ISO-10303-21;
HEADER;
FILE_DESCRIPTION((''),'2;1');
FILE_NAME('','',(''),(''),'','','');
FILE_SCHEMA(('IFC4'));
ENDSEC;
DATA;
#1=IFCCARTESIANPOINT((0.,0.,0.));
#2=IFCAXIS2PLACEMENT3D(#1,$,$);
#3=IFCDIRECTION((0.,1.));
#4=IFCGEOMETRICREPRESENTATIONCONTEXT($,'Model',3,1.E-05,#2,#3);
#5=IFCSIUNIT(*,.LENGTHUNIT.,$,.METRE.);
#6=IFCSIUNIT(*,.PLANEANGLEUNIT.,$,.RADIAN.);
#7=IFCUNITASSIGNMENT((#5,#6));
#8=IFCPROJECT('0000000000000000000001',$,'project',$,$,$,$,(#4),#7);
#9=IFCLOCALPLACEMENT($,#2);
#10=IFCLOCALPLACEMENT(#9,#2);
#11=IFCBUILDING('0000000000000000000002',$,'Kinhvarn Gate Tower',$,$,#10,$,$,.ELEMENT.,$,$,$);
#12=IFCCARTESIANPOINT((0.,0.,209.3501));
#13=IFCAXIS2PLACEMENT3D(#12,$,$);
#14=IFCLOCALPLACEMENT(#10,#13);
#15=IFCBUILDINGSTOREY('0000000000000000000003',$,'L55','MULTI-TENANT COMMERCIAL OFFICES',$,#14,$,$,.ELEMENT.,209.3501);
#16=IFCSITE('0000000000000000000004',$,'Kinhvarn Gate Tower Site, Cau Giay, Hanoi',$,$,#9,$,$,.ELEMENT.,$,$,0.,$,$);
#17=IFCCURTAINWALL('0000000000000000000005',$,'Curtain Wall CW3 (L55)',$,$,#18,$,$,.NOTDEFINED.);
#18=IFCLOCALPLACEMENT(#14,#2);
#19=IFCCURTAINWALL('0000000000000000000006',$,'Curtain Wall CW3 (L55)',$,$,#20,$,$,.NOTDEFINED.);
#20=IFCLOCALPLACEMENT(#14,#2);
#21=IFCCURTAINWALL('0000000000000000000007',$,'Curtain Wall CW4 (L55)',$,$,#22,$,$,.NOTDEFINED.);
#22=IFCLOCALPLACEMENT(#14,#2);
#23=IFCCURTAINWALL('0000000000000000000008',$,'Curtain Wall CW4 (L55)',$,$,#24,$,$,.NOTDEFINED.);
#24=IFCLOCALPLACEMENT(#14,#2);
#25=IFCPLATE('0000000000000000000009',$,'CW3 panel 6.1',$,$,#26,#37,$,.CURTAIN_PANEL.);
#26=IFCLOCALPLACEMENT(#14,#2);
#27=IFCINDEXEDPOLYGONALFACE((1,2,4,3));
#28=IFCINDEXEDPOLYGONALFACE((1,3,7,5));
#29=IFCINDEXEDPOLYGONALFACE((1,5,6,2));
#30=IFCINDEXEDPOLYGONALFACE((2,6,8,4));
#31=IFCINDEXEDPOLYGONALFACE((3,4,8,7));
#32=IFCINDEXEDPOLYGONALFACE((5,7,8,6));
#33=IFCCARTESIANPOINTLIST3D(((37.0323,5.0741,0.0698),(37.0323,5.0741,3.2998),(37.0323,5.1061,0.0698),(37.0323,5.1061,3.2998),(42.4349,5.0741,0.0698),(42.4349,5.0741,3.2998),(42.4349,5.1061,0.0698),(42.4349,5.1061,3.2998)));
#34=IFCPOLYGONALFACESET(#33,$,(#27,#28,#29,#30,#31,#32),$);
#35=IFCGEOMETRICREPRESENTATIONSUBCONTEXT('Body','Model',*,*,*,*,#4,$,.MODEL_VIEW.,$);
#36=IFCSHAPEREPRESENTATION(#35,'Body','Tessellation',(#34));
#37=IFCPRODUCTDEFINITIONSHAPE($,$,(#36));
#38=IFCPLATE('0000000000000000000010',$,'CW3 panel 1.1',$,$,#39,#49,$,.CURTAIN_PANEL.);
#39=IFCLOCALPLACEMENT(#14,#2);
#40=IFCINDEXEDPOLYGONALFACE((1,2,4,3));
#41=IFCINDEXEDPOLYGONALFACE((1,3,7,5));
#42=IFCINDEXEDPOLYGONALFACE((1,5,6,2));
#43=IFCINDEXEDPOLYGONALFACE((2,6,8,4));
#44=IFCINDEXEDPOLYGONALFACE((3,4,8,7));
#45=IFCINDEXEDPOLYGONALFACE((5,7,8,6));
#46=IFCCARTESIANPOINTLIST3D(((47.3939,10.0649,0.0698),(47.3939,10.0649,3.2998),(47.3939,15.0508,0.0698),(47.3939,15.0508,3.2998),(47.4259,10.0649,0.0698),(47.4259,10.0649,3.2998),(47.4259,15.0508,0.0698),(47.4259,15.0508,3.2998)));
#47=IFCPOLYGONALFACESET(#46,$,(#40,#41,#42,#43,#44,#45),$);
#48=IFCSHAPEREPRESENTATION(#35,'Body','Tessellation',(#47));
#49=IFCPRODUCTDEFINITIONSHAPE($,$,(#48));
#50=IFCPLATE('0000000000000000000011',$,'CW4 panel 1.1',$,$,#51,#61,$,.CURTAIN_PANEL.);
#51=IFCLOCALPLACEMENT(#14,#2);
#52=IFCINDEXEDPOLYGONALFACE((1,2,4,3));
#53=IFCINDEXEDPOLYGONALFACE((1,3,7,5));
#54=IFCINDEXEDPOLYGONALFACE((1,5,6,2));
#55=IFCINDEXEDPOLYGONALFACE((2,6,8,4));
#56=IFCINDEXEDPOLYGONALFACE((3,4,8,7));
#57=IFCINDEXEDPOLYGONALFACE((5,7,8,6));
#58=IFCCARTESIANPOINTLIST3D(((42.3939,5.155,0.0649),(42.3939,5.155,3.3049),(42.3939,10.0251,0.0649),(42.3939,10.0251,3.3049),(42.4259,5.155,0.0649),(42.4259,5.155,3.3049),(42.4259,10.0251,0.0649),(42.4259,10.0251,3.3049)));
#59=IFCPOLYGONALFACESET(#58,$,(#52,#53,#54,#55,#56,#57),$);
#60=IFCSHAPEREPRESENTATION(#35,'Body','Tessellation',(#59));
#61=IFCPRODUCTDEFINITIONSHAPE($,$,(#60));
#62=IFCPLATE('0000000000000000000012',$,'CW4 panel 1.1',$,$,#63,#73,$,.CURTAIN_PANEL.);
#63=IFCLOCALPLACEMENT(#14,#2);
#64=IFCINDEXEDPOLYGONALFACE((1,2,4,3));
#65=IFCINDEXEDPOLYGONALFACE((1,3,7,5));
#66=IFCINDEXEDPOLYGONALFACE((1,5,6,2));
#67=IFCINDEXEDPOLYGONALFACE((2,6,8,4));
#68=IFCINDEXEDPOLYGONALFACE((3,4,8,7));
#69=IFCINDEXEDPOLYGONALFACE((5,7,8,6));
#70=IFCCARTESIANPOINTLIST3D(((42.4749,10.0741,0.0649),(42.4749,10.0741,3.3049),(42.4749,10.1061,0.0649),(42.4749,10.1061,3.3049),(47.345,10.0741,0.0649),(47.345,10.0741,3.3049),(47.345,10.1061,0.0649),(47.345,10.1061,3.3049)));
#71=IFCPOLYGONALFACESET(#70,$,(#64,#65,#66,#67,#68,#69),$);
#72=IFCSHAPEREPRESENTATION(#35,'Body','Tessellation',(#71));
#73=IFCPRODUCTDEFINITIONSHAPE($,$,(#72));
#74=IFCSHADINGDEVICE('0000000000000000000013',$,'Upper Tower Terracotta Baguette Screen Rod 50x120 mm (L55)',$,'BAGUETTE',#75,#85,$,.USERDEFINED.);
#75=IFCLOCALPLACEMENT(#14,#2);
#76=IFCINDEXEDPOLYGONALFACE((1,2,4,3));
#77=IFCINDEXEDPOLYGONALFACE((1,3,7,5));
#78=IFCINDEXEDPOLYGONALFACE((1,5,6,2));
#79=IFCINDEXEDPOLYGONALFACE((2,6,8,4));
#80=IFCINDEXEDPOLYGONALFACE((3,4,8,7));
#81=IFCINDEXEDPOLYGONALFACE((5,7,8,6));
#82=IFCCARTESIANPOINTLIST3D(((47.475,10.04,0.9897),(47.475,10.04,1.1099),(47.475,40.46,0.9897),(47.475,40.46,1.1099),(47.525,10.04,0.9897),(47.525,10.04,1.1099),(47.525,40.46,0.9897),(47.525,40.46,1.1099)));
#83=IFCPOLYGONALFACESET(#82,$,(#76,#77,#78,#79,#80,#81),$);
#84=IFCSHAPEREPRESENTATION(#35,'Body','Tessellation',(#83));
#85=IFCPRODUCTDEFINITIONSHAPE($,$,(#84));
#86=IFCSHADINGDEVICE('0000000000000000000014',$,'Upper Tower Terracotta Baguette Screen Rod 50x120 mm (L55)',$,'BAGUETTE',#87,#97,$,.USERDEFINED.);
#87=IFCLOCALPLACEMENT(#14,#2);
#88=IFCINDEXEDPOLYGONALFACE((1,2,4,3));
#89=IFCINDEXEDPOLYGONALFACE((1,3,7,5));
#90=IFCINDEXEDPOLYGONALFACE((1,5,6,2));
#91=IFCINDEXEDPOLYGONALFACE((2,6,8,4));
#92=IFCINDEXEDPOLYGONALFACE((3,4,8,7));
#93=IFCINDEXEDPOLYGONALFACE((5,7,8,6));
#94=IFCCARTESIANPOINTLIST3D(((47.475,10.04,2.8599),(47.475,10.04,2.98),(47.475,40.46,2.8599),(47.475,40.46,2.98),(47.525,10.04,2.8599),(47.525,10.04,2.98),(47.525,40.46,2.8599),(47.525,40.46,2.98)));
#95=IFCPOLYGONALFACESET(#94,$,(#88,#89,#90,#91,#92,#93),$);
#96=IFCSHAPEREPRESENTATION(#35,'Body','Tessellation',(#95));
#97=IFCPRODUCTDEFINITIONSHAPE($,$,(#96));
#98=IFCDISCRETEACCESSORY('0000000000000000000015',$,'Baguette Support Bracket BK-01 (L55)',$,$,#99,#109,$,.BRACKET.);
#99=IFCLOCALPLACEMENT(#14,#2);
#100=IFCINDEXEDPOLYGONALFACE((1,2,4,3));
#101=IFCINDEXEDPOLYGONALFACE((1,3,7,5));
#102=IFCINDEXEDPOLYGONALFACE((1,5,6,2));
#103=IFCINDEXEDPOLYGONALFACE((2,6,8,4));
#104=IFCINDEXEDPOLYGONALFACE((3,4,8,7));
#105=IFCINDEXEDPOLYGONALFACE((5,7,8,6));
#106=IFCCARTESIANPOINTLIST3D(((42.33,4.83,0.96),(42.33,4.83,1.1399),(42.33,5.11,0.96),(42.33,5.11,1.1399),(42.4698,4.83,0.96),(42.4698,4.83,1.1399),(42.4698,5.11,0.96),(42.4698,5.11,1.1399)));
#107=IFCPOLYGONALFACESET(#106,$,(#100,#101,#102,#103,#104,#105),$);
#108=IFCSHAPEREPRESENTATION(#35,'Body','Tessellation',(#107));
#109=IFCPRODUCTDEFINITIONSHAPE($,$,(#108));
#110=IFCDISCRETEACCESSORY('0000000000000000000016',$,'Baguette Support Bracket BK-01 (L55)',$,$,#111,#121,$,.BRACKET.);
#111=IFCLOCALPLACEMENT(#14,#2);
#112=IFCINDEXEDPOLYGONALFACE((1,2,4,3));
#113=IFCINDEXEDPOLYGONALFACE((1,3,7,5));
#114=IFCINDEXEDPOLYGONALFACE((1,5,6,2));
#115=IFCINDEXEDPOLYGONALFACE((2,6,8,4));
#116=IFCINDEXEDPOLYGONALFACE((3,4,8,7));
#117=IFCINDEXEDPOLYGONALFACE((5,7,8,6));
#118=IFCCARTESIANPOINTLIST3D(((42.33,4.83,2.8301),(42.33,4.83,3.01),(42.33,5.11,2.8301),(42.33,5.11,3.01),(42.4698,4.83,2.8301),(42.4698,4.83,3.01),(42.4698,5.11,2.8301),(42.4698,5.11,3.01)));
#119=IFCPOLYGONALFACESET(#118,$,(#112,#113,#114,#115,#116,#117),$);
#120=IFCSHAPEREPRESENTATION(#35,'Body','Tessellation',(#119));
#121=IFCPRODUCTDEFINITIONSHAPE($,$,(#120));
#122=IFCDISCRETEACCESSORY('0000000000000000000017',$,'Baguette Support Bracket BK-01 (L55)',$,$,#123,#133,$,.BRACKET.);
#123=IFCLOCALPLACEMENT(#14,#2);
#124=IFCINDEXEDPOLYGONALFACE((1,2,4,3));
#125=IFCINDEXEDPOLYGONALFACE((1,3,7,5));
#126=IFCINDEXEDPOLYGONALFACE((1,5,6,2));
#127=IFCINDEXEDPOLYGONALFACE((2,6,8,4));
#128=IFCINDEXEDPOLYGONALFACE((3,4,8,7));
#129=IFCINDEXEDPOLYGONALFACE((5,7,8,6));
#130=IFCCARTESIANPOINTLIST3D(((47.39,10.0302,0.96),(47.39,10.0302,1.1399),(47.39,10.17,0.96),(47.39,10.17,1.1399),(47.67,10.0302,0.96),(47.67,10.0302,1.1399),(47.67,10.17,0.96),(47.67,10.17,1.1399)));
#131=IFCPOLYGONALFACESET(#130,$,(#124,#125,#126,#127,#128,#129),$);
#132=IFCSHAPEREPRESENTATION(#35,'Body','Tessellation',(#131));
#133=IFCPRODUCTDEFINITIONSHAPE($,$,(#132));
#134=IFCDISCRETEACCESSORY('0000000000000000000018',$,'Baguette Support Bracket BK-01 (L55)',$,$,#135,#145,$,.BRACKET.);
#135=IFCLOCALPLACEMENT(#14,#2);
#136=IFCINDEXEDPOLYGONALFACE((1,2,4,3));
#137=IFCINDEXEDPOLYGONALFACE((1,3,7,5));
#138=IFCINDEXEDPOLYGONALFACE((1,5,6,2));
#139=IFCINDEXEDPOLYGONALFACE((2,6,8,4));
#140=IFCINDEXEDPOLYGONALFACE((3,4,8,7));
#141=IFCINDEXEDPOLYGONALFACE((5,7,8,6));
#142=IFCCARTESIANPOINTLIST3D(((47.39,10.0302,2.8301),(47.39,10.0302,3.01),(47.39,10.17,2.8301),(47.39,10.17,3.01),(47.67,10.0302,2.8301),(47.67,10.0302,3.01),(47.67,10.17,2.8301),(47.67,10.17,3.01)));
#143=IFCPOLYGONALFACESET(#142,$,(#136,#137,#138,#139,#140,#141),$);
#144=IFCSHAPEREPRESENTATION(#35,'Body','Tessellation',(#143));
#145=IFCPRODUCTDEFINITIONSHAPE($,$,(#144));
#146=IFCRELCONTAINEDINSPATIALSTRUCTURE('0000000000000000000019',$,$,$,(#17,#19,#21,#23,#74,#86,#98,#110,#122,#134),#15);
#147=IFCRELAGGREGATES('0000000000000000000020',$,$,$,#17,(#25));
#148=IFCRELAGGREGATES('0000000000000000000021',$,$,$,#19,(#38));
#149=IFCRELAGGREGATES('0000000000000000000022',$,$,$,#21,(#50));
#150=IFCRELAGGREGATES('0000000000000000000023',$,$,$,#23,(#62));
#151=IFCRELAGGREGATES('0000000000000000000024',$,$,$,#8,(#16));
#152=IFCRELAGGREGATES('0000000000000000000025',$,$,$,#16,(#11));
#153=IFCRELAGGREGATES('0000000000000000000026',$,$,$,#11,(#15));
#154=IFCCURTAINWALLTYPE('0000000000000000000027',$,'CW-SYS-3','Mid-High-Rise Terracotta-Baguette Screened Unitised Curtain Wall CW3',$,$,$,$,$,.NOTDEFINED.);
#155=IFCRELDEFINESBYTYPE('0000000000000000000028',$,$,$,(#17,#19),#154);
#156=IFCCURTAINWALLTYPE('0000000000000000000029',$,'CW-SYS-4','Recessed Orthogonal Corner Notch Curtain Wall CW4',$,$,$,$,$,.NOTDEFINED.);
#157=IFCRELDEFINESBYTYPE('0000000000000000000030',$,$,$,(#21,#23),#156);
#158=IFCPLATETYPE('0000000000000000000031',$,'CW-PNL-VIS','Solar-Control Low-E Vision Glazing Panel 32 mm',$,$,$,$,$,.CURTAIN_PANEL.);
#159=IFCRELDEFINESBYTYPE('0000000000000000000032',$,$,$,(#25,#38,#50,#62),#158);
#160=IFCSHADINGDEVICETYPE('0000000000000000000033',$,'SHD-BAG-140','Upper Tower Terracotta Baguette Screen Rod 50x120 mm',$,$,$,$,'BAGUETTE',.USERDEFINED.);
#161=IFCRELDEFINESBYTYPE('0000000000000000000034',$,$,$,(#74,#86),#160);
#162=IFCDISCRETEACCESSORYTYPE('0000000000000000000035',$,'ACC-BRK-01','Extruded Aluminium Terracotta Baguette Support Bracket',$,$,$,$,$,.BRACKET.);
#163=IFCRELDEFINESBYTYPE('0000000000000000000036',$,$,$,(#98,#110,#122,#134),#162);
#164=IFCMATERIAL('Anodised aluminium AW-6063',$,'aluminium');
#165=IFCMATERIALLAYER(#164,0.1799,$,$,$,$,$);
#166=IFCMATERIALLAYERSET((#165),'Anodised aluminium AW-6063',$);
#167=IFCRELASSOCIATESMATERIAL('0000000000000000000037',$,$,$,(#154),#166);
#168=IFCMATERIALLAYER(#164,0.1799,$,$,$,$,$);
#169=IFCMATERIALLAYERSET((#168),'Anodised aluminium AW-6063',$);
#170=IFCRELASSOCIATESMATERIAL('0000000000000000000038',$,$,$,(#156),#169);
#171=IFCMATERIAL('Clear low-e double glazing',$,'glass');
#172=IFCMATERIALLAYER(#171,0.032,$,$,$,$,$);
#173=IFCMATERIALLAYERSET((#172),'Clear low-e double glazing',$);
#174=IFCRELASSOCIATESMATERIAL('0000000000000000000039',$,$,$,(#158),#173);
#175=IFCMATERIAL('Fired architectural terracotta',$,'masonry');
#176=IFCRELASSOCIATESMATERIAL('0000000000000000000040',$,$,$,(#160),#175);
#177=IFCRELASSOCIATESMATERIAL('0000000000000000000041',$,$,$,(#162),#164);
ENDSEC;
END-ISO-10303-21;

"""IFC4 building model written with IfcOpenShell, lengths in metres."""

from ifc_helpers import new_model, si_unit, direction, frame, origin, origin_2d, place, context, subcontext, project, spatial, rectangle, extrude, material, layer, layer_set, material_profile, profile_set, type_object, element, aggregate, save


model = new_model("IFC4")

# Units and contexts
model_context = context("Model", 3, precision=1e-05, world=origin(), true_north=direction((0.0, 1.0)))
body_context = subcontext(model_context, "Body", "Model", "MODEL_VIEW")
ifc_project = project(units=[si_unit("LENGTHUNIT", "METRE"), si_unit("PLANEANGLEUNIT", "RADIAN")], contexts=[model_context])

# Site, building, storey
site_placement = place(None, origin())
site = spatial("IfcSite", under=ifc_project, at=site_placement, Name="Kinhvarn Gate Tower Site, Cau Giay, Hanoi", CompositionType="ELEMENT", RefElevation=0.0)
building_placement = place(site_placement, origin())
building = spatial("IfcBuilding", under=site, at=building_placement, Name="Kinhvarn Gate Tower", CompositionType="ELEMENT")
storey_placement = place(building_placement, frame((0.0, 0.0, 209.3501)))
storey = spatial("IfcBuildingStorey", under=building, at=storey_placement, Name="L55", Description="MULTI-TENANT COMMERCIAL OFFICES", CompositionType="ELEMENT", Elevation=209.3501)

# Curtain walls
ifc_material_1 = material(Name="Anodised aluminium AW-6063", Category="aluminium")
ifc_layer_1 = layer(ifc_material_1, 0.1799)
ifc_layer_set_1 = layer_set([ifc_layer_1], Name="Anodised aluminium AW-6063")
curtain_wall_type_1 = type_object("IfcCurtainWallType", Name="CW-SYS-3", Description="Mid-High-Rise Terracotta-Baguette Screened Unitised Curtain Wall CW3", PredefinedType="NOTDEFINED", material=ifc_layer_set_1)
curtain_wall_1_placement = place(storey_placement, origin())
curtain_wall_1 = element("IfcCurtainWall", 1, at=curtain_wall_1_placement, inside=storey, type_object=curtain_wall_type_1, Name="Curtain Wall CW3 (L55)", PredefinedType="NOTDEFINED")
curtain_wall_2_placement = place(storey_placement, origin())
curtain_wall_2 = element("IfcCurtainWall", 2, at=curtain_wall_2_placement, inside=storey, type_object=curtain_wall_type_1, Name="Curtain Wall CW3 (L55)", PredefinedType="NOTDEFINED")

# Curtain walls
ifc_layer_2 = layer(ifc_material_1, 0.1799)
ifc_layer_set_2 = layer_set([ifc_layer_2], Name="Anodised aluminium AW-6063")
curtain_wall_type_2 = type_object("IfcCurtainWallType", Name="CW-SYS-4", Description="Recessed Orthogonal Corner Notch Curtain Wall CW4", PredefinedType="NOTDEFINED", material=ifc_layer_set_2)
curtain_wall_3_placement = place(storey_placement, origin())
curtain_wall_3 = element("IfcCurtainWall", 3, at=curtain_wall_3_placement, inside=storey, type_object=curtain_wall_type_2, Name="Curtain Wall CW4 (L55)", PredefinedType="NOTDEFINED")
curtain_wall_4_placement = place(storey_placement, origin())
curtain_wall_4 = element("IfcCurtainWall", 4, at=curtain_wall_4_placement, inside=storey, type_object=curtain_wall_type_2, Name="Curtain Wall CW4 (L55)", PredefinedType="NOTDEFINED")

# Plates
ifc_material_2 = material(Name="Clear low-e double glazing", Category="glass")
ifc_layer_3 = layer(ifc_material_2, 0.032)
ifc_layer_set_3 = layer_set([ifc_layer_3], Name="Clear low-e double glazing")
plate_type = type_object("IfcPlateType", Name="CW-PNL-VIS", Description="Solar-Control Low-E Vision Glazing Panel 32 mm", PredefinedType="CURTAIN_PANEL", material=ifc_layer_set_3)
plate_1_placement = place(storey_placement, frame((39.7336, 5.0901, 0.0698), z_axis=(0.0, 0.0, 1.0), x_axis=(1.0, 0.0, 0.0)))
plate_1 = element("IfcPlate", 5, at=plate_1_placement, type_object=plate_type, Name="CW3 panel 6.1", PredefinedType="CURTAIN_PANEL", context=body_context, shape_type="SweptSolid", body=[
    extrude(rectangle(XDim=5.4026, YDim=0.032, at=origin_2d()), origin(), (0.0, 0.0, 1.0), 3.23),
])
aggregate(curtain_wall_1, [plate_1])
plate_2_placement = place(storey_placement, frame((47.4099, 12.5579, 0.0698), z_axis=(0.0, 0.0, 1.0), x_axis=(0.0, 1.0, 0.0)))
plate_2 = element("IfcPlate", 6, at=plate_2_placement, type_object=plate_type, Name="CW3 panel 1.1", PredefinedType="CURTAIN_PANEL", context=body_context, shape_type="SweptSolid", body=[
    extrude(rectangle(XDim=4.9858, YDim=0.032, at=origin_2d()), origin(), (0.0, 0.0, 1.0), 3.23),
])
aggregate(curtain_wall_2, [plate_2])
plate_3_placement = place(storey_placement, frame((42.4099, 7.5901, 0.0649), z_axis=(0.0, 0.0, 1.0), x_axis=(0.0, 1.0, 0.0)))
plate_3 = element("IfcPlate", 7, at=plate_3_placement, type_object=plate_type, Name="CW4 panel 1.1", PredefinedType="CURTAIN_PANEL", context=body_context, shape_type="SweptSolid", body=[
    extrude(rectangle(XDim=4.8701, YDim=0.032, at=origin_2d()), origin(), (0.0, 0.0, 1.0), 3.24),
])
aggregate(curtain_wall_3, [plate_3])
plate_4_placement = place(storey_placement, frame((44.9099, 10.0901, 0.0649), z_axis=(0.0, 0.0, 1.0), x_axis=(1.0, 0.0, 0.0)))
plate_4 = element("IfcPlate", 8, at=plate_4_placement, type_object=plate_type, Name="CW4 panel 1.1", PredefinedType="CURTAIN_PANEL", context=body_context, shape_type="SweptSolid", body=[
    extrude(rectangle(XDim=4.8701, YDim=0.032, at=origin_2d()), origin(), (0.0, 0.0, 1.0), 3.24),
])
aggregate(curtain_wall_4, [plate_4])

# Shading devices
ifc_material_3 = material(Name="Fired architectural terracotta", Category="masonry")
ifc_material_profile_1 = material_profile(ifc_material_3, rectangle(XDim=0.05, YDim=0.1201, at=origin_2d()), Name="TC 50x120")
ifc_profile_set_1 = profile_set([ifc_material_profile_1], Name="Fired architectural terracotta")
shading_device_type = type_object("IfcShadingDeviceType", Name="SHD-BAG-140", Description="Upper Tower Terracotta Baguette Screen Rod 50x120 mm", ElementType="BAGUETTE", PredefinedType="USERDEFINED", material=ifc_profile_set_1)
for number, where, z_axis, x_axis, name in (
    (9, (47.5, 10.04, 1.0498), (0.0, 1.0, 0.0), (-1.0, 0.0, 0.0), "Upper Tower Terracotta Baguette Screen Rod 50x120 mm (L55)"),
    (10, (47.5, 10.04, 2.9199), (0.0, 1.0, 0.0), (-1.0, 0.0, 0.0), "Upper Tower Terracotta Baguette Screen Rod 50x120 mm (L55)"),
):
    element("IfcShadingDevice", number, at=place(storey_placement, frame(where, z_axis=z_axis, x_axis=x_axis)), inside=storey, type_object=shading_device_type, Name=name, ObjectType="BAGUETTE", PredefinedType="USERDEFINED", context=body_context, shape_type="SweptSolid", body=[
        extrude(rectangle(XDim=0.05, YDim=0.1201, at=origin_2d()), origin(), (0.0, 0.0, 1.0), 30.4199),
    ])

# Discrete accessories
discrete_accessory_type = type_object("IfcDiscreteAccessoryType", Name="ACC-BRK-01", Description="Extruded Aluminium Terracotta Baguette Support Bracket", PredefinedType="BRACKET", material=ifc_material_1)
for number, where, z_axis, x_axis, name in (
    (11, (42.3999, 4.97, 0.96), (0.0, 0.0, 1.0), (1.0, 0.0, 0.0), "Baguette Support Bracket BK-01 (L55)"),
    (12, (42.3999, 4.97, 2.8301), (0.0, 0.0, 1.0), (1.0, 0.0, 0.0), "Baguette Support Bracket BK-01 (L55)"),
    (13, (47.53, 10.1001, 0.96), (0.0, 0.0, 1.0), (0.0, 1.0, 0.0), "Baguette Support Bracket BK-01 (L55)"),
    (14, (47.53, 10.1001, 2.8301), (0.0, 0.0, 1.0), (0.0, 1.0, 0.0), "Baguette Support Bracket BK-01 (L55)"),
):
    element("IfcDiscreteAccessory", number, at=place(storey_placement, frame(where, z_axis=z_axis, x_axis=x_axis)), inside=storey, type_object=discrete_accessory_type, Name=name, PredefinedType="BRACKET", context=body_context, shape_type="SweptSolid", body=[
        extrude(rectangle(XDim=0.1399, YDim=0.28, at=origin_2d()), origin(), (0.0, 0.0, 1.0), 0.1799),
    ])

save(model, "model.ifc")
